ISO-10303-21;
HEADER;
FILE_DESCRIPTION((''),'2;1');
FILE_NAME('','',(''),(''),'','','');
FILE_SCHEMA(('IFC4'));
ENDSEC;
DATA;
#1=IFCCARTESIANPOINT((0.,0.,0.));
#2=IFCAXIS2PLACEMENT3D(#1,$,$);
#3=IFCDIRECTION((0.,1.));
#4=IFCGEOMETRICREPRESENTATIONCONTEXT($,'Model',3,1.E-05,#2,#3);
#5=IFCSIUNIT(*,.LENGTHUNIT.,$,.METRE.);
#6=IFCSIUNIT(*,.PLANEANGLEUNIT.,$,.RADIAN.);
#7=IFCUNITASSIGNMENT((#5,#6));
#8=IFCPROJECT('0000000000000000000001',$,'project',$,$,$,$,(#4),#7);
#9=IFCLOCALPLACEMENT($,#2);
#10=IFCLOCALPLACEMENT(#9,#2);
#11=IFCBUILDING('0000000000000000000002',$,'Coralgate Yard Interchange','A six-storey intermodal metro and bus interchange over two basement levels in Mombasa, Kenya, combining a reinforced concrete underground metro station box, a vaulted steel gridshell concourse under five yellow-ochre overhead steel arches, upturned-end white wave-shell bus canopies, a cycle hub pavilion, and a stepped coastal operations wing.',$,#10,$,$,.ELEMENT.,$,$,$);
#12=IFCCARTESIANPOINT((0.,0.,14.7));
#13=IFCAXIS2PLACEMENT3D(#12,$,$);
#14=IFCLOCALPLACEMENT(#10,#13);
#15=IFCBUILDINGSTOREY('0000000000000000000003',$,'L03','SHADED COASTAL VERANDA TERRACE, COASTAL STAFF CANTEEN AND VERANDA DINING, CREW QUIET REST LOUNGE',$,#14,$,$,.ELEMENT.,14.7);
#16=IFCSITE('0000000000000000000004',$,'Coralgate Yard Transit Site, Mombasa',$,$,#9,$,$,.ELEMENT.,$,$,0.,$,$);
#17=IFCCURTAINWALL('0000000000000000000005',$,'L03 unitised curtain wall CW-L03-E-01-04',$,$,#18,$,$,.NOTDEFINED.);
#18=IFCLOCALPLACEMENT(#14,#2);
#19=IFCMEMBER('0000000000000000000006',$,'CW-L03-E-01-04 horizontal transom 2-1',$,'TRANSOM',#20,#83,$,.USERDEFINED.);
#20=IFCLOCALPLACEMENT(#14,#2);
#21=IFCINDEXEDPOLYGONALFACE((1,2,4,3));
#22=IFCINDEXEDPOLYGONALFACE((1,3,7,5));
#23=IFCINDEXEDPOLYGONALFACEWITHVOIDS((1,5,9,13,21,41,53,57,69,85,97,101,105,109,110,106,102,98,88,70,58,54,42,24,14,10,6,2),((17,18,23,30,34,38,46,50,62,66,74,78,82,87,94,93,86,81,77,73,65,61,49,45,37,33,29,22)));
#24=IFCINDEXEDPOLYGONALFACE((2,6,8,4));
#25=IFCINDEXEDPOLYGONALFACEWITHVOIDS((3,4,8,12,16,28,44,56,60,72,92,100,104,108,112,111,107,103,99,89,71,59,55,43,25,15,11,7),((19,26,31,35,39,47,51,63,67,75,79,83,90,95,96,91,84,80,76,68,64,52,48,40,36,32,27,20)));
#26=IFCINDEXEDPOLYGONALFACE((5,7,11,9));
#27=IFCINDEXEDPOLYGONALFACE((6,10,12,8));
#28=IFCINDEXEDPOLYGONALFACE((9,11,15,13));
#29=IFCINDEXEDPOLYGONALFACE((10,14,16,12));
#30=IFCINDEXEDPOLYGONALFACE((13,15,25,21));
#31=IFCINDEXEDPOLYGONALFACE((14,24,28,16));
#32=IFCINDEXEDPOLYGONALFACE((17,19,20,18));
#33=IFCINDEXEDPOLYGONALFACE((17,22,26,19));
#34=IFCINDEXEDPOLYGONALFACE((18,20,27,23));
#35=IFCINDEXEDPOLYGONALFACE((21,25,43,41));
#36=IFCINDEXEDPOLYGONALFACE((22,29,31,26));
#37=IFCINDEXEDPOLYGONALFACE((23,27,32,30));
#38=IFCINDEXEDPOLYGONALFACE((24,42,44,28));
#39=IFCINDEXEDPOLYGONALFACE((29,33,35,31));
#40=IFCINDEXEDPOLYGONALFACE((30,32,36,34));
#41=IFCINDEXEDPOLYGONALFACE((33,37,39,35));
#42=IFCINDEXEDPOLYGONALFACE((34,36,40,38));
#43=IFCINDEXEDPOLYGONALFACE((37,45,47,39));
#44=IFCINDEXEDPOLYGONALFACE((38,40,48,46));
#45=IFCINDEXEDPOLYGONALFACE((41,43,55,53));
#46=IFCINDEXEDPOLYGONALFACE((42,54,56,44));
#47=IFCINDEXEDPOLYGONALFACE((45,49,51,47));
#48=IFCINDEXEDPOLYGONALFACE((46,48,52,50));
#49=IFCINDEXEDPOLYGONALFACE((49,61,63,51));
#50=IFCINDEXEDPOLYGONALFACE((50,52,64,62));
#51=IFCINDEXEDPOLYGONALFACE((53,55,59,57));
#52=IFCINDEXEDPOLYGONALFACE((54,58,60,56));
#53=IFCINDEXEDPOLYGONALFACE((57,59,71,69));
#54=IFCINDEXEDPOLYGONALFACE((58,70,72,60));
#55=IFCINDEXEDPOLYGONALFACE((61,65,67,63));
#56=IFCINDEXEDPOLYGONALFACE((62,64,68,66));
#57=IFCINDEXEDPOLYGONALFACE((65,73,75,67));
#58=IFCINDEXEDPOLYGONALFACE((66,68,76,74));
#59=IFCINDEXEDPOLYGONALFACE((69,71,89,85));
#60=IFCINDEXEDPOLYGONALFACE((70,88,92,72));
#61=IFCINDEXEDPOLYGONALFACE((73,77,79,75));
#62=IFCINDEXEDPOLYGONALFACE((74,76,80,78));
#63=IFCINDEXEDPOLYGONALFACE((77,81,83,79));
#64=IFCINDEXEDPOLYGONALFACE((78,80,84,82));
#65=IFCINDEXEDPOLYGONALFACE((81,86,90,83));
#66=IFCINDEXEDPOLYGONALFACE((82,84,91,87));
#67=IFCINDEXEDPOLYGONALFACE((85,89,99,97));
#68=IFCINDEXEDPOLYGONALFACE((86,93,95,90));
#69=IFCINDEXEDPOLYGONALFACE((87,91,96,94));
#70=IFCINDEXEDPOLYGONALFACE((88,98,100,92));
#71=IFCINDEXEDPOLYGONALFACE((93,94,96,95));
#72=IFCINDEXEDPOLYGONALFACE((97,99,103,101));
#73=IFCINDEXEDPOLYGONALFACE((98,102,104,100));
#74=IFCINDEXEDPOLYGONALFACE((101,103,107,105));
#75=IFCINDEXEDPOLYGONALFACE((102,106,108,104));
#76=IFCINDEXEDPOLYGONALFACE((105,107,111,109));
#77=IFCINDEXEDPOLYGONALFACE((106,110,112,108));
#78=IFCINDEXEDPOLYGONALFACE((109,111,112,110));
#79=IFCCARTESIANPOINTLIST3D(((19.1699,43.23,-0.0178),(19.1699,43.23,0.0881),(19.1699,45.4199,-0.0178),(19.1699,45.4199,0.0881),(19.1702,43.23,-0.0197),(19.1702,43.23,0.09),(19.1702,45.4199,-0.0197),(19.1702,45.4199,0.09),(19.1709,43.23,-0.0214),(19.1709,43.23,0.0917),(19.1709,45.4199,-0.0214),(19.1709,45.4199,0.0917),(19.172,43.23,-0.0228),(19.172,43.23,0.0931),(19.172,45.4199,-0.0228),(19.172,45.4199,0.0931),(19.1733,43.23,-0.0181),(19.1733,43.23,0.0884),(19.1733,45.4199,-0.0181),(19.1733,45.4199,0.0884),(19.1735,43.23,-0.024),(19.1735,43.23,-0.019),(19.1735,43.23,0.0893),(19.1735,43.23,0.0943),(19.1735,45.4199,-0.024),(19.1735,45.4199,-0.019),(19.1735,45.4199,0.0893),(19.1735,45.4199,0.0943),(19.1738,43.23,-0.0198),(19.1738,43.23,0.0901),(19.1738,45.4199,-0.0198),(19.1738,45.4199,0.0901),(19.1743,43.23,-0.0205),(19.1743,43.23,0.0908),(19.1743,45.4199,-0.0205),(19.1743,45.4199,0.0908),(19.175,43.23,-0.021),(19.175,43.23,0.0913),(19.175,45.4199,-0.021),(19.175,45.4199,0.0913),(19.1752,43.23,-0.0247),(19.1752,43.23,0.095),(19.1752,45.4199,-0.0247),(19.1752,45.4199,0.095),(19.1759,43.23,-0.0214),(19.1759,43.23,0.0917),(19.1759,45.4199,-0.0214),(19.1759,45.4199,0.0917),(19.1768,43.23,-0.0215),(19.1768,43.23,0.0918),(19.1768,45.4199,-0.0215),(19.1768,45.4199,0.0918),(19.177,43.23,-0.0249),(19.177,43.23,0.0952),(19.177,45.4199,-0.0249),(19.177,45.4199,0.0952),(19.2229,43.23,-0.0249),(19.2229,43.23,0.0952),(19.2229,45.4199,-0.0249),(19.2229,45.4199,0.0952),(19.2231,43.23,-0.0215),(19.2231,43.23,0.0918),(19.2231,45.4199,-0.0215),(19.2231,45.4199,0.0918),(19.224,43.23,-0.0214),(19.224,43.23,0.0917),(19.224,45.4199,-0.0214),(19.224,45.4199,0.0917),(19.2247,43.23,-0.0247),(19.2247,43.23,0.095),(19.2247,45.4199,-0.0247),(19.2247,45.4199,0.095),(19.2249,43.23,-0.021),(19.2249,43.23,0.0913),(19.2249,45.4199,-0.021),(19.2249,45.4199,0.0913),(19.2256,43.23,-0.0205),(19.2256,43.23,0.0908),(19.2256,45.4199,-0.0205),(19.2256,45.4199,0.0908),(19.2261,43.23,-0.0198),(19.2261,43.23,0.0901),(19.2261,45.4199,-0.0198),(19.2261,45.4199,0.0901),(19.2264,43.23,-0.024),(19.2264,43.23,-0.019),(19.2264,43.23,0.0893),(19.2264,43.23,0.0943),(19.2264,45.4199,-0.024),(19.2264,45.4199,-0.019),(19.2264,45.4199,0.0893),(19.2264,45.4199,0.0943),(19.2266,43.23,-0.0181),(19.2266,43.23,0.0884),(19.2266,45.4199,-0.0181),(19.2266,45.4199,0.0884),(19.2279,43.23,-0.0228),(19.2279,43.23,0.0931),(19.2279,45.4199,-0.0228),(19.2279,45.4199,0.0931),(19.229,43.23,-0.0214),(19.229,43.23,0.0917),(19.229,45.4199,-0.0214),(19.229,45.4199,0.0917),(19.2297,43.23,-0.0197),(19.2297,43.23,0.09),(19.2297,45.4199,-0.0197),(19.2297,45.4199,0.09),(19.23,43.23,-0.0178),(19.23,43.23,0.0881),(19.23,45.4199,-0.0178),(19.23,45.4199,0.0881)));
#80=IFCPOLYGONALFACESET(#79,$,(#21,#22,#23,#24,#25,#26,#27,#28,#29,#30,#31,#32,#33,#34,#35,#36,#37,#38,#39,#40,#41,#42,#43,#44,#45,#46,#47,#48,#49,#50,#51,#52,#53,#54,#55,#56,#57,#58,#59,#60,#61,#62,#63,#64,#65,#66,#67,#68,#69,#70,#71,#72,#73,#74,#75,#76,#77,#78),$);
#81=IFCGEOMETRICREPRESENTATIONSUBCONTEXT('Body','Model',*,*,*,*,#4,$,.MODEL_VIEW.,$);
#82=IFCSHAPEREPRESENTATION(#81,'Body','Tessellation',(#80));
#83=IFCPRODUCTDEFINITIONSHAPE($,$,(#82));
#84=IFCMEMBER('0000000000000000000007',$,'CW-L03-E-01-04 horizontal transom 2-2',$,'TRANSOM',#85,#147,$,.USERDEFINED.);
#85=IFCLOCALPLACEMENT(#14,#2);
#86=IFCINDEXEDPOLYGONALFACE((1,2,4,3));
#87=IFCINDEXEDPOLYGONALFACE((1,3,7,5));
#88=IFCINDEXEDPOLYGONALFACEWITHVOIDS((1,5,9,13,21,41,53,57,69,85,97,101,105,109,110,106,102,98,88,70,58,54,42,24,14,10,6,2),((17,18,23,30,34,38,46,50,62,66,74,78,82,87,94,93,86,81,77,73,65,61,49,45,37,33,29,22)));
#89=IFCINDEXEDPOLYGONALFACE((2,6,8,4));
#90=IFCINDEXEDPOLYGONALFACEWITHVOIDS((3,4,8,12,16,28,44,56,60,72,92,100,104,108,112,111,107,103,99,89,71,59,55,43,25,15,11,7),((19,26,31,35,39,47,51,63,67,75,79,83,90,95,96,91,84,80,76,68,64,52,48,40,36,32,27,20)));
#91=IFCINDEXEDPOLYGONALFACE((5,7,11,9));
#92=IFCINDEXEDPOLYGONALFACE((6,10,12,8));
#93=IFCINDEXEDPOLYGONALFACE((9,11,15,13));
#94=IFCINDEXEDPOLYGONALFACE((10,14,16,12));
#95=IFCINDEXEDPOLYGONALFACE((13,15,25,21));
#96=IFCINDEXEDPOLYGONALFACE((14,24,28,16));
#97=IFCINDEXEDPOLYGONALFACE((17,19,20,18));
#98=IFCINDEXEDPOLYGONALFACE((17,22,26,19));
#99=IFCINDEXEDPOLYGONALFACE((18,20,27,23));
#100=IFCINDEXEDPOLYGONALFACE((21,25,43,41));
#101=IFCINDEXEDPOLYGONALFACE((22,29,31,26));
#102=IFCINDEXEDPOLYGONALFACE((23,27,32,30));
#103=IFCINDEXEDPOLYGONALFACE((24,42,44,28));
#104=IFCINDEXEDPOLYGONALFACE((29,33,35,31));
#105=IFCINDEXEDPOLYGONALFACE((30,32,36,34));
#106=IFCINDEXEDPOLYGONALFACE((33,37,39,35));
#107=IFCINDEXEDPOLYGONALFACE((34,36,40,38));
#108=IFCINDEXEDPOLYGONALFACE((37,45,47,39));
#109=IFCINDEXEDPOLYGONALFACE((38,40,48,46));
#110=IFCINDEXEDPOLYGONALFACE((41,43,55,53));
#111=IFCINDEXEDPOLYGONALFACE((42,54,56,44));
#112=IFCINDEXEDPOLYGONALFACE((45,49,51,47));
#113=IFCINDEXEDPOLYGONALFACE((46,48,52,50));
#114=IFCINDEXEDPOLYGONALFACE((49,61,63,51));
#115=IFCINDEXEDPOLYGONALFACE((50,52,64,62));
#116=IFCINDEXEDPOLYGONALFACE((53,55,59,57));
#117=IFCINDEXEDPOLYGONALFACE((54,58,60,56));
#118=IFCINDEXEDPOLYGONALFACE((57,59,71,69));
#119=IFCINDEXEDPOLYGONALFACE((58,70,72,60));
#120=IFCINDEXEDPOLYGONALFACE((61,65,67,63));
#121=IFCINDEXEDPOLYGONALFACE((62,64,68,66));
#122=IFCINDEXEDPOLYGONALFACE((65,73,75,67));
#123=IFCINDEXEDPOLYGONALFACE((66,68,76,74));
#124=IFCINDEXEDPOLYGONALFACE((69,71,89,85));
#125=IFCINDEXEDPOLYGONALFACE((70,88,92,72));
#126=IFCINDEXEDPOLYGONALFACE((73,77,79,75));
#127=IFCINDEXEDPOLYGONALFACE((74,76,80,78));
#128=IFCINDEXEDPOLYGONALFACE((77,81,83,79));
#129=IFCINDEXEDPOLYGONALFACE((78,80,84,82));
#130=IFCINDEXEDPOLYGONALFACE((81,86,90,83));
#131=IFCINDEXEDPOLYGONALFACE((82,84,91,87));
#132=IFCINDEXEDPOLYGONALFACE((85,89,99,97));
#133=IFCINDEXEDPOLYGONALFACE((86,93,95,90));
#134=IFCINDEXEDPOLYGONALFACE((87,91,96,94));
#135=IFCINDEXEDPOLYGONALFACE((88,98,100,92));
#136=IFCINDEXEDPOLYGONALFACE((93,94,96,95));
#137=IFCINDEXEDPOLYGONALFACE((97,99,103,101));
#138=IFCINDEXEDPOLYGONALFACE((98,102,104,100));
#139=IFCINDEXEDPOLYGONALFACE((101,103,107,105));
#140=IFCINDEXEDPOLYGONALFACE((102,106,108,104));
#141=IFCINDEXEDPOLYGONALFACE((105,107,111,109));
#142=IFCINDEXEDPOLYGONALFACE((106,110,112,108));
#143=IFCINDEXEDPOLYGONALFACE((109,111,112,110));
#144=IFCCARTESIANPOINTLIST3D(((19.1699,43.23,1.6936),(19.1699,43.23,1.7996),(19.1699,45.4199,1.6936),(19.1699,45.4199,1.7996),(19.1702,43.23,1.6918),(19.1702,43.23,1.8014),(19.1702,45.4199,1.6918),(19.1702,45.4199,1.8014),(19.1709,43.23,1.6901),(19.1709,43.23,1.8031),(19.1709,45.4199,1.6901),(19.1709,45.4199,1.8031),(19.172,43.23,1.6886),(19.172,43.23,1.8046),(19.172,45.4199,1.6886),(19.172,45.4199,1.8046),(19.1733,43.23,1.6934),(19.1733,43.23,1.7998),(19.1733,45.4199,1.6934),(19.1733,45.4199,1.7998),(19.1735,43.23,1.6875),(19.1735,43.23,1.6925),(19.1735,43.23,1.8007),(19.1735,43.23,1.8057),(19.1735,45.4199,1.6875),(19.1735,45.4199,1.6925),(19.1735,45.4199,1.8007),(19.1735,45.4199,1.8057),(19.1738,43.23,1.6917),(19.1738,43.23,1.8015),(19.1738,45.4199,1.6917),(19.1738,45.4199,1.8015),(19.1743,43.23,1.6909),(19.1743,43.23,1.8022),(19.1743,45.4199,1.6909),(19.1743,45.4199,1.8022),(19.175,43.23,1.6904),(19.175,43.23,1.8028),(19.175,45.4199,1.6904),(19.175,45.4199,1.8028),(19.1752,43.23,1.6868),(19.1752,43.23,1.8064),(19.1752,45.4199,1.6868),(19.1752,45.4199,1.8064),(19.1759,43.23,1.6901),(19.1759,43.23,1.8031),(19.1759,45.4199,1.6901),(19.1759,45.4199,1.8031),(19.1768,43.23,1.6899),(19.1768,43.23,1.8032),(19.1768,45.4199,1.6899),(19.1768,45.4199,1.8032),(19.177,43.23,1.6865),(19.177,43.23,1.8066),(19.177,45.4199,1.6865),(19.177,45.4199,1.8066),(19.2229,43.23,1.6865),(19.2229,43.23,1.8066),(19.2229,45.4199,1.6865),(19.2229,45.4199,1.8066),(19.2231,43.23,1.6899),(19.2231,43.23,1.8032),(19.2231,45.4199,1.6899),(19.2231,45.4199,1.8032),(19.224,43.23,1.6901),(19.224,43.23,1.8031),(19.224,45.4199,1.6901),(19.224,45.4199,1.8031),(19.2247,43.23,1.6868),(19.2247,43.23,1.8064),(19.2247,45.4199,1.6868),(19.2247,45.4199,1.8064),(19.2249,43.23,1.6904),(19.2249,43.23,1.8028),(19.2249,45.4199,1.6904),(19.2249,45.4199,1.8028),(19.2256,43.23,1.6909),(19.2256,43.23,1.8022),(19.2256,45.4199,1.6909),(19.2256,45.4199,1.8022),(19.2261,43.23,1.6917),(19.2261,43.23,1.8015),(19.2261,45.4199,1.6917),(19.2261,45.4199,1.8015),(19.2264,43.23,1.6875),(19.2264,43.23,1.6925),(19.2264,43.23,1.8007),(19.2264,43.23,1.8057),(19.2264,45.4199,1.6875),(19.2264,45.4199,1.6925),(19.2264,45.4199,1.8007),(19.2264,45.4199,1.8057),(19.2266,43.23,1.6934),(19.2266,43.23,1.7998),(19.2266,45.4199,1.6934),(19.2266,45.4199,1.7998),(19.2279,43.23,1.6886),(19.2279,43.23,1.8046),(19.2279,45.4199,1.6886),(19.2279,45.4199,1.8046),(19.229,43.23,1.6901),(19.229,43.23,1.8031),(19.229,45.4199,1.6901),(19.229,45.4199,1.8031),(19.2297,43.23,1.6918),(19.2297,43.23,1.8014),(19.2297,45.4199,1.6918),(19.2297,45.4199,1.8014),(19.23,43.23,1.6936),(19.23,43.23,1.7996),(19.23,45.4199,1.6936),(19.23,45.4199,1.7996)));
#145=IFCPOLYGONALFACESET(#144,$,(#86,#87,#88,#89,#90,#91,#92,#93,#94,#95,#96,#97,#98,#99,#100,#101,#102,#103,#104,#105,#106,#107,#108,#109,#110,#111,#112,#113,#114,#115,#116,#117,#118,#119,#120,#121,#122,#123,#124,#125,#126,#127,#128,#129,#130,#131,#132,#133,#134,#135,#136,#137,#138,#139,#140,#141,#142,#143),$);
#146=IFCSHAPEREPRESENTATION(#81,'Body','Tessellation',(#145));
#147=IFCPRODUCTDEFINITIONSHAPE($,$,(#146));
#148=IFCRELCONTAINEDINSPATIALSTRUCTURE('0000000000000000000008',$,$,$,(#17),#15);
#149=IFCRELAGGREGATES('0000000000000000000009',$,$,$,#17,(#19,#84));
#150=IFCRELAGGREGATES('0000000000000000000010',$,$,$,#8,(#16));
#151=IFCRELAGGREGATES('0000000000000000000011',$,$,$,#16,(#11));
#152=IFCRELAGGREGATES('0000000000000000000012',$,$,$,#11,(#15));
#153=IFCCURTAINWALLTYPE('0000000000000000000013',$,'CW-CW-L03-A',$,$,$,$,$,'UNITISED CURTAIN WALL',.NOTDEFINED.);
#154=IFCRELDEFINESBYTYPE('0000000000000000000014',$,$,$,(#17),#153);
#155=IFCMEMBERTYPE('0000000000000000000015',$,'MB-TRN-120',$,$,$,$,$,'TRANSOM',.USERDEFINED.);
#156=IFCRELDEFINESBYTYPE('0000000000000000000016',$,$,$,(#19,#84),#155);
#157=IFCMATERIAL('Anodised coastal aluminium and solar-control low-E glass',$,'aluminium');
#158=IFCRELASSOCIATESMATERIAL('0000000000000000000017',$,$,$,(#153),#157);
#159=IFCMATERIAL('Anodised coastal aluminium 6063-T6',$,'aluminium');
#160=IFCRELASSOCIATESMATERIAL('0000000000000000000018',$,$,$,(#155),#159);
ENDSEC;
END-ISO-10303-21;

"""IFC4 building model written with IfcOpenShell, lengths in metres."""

from ifc_helpers import new_model, si_unit, direction, frame, origin, origin_2d, place, context, subcontext, project, spatial, hollow_rectangle, extrude, material, material_profile, profile_set, type_object, element, aggregate, save


model = new_model("IFC4")

# Units and contexts
model_context = context("Model", 3, precision=1e-05, world=origin(), true_north=direction((0.0, 1.0)))
body_context = subcontext(model_context, "Body", "Model", "MODEL_VIEW")
ifc_project = project(units=[si_unit("LENGTHUNIT", "METRE"), si_unit("PLANEANGLEUNIT", "RADIAN")], contexts=[model_context])

# Site, building, storey
site_placement = place(None, origin())
site = spatial("IfcSite", under=ifc_project, at=site_placement, Name="Coralgate Yard Transit Site, Mombasa", CompositionType="ELEMENT", RefElevation=0.0)
building_placement = place(site_placement, origin())
building = spatial("IfcBuilding", under=site, at=building_placement, Name="Coralgate Yard Interchange", Description="A six-storey intermodal metro and bus interchange over two basement levels in Mombasa, Kenya, combining a reinforced concrete underground metro station box, a vaulted steel gridshell concourse under five yellow-ochre overhead steel arches, upturned-end white wave-shell bus canopies, a cycle hub pavilion, and a stepped coastal operations wing.", CompositionType="ELEMENT")
storey_placement = place(building_placement, frame((0.0, 0.0, 14.7)))
storey = spatial("IfcBuildingStorey", under=building, at=storey_placement, Name="L03", Description="SHADED COASTAL VERANDA TERRACE, COASTAL STAFF CANTEEN AND VERANDA DINING, CREW QUIET REST LOUNGE", CompositionType="ELEMENT", Elevation=14.7)

# Curtain wall
ifc_material_1 = material(Name="Anodised coastal aluminium and solar-control low-E glass", Category="aluminium")
curtain_wall_type = type_object("IfcCurtainWallType", Name="CW-CW-L03-A", ElementType="UNITISED CURTAIN WALL", PredefinedType="NOTDEFINED", material=ifc_material_1)
ifc_material_2 = material(Name="Anodised coastal aluminium 6063-T6", Category="aluminium")
curtain_wall_1_placement = place(storey_placement, origin())
curtain_wall_1 = element("IfcCurtainWall", 1, at=curtain_wall_1_placement, inside=storey, type_object=curtain_wall_type, Name="L03 unitised curtain wall CW-L03-E-01-04", PredefinedType="NOTDEFINED")

# Members
ifc_material_profile_1 = material_profile(ifc_material_2, hollow_rectangle(XDim=0.0601, YDim=0.1201, WallThickness=0.0034, InnerFilletRadius=0.0034, OuterFilletRadius=0.0071, at=origin_2d()), Name="ALU 60x120x3.5")
ifc_profile_set_1 = profile_set([ifc_material_profile_1], Name="Anodised coastal aluminium 6063-T6")
member_type_1 = type_object("IfcMemberType", Name="MB-TRN-120", ElementType="TRANSOM", PredefinedType="USERDEFINED", material=ifc_profile_set_1)
member_1_placement = place(storey_placement, frame((19.2, 45.4199, 0.0352), z_axis=(0.0, -1.0, 0.0), x_axis=(1.0, 0.0, 0.0)))
member_1 = element("IfcMember", 2, at=member_1_placement, type_object=member_type_1, Name="CW-L03-E-01-04 horizontal transom 2-1", ObjectType="TRANSOM", PredefinedType="USERDEFINED", context=body_context, shape_type="SweptSolid", body=[
    extrude(hollow_rectangle(XDim=0.0601, YDim=0.1201, WallThickness=0.0034, InnerFilletRadius=0.0034, OuterFilletRadius=0.0071, at=origin_2d()), origin(), (0.0, 0.0, 1.0), 2.1899),
])
member_2_placement = place(storey_placement, frame((19.2, 45.4199, 1.7466), z_axis=(0.0, -1.0, 0.0), x_axis=(1.0, 0.0, 0.0)))
member_2 = element("IfcMember", 3, at=member_2_placement, type_object=member_type_1, Name="CW-L03-E-01-04 horizontal transom 2-2", ObjectType="TRANSOM", PredefinedType="USERDEFINED", context=body_context, shape_type="SweptSolid", body=[
    extrude(hollow_rectangle(XDim=0.0601, YDim=0.1201, WallThickness=0.0034, InnerFilletRadius=0.0034, OuterFilletRadius=0.0071, at=origin_2d()), origin(), (0.0, 0.0, 1.0), 2.1899),
])

aggregate(curtain_wall_1, [member_1, member_2])

save(model, "model.ifc")
